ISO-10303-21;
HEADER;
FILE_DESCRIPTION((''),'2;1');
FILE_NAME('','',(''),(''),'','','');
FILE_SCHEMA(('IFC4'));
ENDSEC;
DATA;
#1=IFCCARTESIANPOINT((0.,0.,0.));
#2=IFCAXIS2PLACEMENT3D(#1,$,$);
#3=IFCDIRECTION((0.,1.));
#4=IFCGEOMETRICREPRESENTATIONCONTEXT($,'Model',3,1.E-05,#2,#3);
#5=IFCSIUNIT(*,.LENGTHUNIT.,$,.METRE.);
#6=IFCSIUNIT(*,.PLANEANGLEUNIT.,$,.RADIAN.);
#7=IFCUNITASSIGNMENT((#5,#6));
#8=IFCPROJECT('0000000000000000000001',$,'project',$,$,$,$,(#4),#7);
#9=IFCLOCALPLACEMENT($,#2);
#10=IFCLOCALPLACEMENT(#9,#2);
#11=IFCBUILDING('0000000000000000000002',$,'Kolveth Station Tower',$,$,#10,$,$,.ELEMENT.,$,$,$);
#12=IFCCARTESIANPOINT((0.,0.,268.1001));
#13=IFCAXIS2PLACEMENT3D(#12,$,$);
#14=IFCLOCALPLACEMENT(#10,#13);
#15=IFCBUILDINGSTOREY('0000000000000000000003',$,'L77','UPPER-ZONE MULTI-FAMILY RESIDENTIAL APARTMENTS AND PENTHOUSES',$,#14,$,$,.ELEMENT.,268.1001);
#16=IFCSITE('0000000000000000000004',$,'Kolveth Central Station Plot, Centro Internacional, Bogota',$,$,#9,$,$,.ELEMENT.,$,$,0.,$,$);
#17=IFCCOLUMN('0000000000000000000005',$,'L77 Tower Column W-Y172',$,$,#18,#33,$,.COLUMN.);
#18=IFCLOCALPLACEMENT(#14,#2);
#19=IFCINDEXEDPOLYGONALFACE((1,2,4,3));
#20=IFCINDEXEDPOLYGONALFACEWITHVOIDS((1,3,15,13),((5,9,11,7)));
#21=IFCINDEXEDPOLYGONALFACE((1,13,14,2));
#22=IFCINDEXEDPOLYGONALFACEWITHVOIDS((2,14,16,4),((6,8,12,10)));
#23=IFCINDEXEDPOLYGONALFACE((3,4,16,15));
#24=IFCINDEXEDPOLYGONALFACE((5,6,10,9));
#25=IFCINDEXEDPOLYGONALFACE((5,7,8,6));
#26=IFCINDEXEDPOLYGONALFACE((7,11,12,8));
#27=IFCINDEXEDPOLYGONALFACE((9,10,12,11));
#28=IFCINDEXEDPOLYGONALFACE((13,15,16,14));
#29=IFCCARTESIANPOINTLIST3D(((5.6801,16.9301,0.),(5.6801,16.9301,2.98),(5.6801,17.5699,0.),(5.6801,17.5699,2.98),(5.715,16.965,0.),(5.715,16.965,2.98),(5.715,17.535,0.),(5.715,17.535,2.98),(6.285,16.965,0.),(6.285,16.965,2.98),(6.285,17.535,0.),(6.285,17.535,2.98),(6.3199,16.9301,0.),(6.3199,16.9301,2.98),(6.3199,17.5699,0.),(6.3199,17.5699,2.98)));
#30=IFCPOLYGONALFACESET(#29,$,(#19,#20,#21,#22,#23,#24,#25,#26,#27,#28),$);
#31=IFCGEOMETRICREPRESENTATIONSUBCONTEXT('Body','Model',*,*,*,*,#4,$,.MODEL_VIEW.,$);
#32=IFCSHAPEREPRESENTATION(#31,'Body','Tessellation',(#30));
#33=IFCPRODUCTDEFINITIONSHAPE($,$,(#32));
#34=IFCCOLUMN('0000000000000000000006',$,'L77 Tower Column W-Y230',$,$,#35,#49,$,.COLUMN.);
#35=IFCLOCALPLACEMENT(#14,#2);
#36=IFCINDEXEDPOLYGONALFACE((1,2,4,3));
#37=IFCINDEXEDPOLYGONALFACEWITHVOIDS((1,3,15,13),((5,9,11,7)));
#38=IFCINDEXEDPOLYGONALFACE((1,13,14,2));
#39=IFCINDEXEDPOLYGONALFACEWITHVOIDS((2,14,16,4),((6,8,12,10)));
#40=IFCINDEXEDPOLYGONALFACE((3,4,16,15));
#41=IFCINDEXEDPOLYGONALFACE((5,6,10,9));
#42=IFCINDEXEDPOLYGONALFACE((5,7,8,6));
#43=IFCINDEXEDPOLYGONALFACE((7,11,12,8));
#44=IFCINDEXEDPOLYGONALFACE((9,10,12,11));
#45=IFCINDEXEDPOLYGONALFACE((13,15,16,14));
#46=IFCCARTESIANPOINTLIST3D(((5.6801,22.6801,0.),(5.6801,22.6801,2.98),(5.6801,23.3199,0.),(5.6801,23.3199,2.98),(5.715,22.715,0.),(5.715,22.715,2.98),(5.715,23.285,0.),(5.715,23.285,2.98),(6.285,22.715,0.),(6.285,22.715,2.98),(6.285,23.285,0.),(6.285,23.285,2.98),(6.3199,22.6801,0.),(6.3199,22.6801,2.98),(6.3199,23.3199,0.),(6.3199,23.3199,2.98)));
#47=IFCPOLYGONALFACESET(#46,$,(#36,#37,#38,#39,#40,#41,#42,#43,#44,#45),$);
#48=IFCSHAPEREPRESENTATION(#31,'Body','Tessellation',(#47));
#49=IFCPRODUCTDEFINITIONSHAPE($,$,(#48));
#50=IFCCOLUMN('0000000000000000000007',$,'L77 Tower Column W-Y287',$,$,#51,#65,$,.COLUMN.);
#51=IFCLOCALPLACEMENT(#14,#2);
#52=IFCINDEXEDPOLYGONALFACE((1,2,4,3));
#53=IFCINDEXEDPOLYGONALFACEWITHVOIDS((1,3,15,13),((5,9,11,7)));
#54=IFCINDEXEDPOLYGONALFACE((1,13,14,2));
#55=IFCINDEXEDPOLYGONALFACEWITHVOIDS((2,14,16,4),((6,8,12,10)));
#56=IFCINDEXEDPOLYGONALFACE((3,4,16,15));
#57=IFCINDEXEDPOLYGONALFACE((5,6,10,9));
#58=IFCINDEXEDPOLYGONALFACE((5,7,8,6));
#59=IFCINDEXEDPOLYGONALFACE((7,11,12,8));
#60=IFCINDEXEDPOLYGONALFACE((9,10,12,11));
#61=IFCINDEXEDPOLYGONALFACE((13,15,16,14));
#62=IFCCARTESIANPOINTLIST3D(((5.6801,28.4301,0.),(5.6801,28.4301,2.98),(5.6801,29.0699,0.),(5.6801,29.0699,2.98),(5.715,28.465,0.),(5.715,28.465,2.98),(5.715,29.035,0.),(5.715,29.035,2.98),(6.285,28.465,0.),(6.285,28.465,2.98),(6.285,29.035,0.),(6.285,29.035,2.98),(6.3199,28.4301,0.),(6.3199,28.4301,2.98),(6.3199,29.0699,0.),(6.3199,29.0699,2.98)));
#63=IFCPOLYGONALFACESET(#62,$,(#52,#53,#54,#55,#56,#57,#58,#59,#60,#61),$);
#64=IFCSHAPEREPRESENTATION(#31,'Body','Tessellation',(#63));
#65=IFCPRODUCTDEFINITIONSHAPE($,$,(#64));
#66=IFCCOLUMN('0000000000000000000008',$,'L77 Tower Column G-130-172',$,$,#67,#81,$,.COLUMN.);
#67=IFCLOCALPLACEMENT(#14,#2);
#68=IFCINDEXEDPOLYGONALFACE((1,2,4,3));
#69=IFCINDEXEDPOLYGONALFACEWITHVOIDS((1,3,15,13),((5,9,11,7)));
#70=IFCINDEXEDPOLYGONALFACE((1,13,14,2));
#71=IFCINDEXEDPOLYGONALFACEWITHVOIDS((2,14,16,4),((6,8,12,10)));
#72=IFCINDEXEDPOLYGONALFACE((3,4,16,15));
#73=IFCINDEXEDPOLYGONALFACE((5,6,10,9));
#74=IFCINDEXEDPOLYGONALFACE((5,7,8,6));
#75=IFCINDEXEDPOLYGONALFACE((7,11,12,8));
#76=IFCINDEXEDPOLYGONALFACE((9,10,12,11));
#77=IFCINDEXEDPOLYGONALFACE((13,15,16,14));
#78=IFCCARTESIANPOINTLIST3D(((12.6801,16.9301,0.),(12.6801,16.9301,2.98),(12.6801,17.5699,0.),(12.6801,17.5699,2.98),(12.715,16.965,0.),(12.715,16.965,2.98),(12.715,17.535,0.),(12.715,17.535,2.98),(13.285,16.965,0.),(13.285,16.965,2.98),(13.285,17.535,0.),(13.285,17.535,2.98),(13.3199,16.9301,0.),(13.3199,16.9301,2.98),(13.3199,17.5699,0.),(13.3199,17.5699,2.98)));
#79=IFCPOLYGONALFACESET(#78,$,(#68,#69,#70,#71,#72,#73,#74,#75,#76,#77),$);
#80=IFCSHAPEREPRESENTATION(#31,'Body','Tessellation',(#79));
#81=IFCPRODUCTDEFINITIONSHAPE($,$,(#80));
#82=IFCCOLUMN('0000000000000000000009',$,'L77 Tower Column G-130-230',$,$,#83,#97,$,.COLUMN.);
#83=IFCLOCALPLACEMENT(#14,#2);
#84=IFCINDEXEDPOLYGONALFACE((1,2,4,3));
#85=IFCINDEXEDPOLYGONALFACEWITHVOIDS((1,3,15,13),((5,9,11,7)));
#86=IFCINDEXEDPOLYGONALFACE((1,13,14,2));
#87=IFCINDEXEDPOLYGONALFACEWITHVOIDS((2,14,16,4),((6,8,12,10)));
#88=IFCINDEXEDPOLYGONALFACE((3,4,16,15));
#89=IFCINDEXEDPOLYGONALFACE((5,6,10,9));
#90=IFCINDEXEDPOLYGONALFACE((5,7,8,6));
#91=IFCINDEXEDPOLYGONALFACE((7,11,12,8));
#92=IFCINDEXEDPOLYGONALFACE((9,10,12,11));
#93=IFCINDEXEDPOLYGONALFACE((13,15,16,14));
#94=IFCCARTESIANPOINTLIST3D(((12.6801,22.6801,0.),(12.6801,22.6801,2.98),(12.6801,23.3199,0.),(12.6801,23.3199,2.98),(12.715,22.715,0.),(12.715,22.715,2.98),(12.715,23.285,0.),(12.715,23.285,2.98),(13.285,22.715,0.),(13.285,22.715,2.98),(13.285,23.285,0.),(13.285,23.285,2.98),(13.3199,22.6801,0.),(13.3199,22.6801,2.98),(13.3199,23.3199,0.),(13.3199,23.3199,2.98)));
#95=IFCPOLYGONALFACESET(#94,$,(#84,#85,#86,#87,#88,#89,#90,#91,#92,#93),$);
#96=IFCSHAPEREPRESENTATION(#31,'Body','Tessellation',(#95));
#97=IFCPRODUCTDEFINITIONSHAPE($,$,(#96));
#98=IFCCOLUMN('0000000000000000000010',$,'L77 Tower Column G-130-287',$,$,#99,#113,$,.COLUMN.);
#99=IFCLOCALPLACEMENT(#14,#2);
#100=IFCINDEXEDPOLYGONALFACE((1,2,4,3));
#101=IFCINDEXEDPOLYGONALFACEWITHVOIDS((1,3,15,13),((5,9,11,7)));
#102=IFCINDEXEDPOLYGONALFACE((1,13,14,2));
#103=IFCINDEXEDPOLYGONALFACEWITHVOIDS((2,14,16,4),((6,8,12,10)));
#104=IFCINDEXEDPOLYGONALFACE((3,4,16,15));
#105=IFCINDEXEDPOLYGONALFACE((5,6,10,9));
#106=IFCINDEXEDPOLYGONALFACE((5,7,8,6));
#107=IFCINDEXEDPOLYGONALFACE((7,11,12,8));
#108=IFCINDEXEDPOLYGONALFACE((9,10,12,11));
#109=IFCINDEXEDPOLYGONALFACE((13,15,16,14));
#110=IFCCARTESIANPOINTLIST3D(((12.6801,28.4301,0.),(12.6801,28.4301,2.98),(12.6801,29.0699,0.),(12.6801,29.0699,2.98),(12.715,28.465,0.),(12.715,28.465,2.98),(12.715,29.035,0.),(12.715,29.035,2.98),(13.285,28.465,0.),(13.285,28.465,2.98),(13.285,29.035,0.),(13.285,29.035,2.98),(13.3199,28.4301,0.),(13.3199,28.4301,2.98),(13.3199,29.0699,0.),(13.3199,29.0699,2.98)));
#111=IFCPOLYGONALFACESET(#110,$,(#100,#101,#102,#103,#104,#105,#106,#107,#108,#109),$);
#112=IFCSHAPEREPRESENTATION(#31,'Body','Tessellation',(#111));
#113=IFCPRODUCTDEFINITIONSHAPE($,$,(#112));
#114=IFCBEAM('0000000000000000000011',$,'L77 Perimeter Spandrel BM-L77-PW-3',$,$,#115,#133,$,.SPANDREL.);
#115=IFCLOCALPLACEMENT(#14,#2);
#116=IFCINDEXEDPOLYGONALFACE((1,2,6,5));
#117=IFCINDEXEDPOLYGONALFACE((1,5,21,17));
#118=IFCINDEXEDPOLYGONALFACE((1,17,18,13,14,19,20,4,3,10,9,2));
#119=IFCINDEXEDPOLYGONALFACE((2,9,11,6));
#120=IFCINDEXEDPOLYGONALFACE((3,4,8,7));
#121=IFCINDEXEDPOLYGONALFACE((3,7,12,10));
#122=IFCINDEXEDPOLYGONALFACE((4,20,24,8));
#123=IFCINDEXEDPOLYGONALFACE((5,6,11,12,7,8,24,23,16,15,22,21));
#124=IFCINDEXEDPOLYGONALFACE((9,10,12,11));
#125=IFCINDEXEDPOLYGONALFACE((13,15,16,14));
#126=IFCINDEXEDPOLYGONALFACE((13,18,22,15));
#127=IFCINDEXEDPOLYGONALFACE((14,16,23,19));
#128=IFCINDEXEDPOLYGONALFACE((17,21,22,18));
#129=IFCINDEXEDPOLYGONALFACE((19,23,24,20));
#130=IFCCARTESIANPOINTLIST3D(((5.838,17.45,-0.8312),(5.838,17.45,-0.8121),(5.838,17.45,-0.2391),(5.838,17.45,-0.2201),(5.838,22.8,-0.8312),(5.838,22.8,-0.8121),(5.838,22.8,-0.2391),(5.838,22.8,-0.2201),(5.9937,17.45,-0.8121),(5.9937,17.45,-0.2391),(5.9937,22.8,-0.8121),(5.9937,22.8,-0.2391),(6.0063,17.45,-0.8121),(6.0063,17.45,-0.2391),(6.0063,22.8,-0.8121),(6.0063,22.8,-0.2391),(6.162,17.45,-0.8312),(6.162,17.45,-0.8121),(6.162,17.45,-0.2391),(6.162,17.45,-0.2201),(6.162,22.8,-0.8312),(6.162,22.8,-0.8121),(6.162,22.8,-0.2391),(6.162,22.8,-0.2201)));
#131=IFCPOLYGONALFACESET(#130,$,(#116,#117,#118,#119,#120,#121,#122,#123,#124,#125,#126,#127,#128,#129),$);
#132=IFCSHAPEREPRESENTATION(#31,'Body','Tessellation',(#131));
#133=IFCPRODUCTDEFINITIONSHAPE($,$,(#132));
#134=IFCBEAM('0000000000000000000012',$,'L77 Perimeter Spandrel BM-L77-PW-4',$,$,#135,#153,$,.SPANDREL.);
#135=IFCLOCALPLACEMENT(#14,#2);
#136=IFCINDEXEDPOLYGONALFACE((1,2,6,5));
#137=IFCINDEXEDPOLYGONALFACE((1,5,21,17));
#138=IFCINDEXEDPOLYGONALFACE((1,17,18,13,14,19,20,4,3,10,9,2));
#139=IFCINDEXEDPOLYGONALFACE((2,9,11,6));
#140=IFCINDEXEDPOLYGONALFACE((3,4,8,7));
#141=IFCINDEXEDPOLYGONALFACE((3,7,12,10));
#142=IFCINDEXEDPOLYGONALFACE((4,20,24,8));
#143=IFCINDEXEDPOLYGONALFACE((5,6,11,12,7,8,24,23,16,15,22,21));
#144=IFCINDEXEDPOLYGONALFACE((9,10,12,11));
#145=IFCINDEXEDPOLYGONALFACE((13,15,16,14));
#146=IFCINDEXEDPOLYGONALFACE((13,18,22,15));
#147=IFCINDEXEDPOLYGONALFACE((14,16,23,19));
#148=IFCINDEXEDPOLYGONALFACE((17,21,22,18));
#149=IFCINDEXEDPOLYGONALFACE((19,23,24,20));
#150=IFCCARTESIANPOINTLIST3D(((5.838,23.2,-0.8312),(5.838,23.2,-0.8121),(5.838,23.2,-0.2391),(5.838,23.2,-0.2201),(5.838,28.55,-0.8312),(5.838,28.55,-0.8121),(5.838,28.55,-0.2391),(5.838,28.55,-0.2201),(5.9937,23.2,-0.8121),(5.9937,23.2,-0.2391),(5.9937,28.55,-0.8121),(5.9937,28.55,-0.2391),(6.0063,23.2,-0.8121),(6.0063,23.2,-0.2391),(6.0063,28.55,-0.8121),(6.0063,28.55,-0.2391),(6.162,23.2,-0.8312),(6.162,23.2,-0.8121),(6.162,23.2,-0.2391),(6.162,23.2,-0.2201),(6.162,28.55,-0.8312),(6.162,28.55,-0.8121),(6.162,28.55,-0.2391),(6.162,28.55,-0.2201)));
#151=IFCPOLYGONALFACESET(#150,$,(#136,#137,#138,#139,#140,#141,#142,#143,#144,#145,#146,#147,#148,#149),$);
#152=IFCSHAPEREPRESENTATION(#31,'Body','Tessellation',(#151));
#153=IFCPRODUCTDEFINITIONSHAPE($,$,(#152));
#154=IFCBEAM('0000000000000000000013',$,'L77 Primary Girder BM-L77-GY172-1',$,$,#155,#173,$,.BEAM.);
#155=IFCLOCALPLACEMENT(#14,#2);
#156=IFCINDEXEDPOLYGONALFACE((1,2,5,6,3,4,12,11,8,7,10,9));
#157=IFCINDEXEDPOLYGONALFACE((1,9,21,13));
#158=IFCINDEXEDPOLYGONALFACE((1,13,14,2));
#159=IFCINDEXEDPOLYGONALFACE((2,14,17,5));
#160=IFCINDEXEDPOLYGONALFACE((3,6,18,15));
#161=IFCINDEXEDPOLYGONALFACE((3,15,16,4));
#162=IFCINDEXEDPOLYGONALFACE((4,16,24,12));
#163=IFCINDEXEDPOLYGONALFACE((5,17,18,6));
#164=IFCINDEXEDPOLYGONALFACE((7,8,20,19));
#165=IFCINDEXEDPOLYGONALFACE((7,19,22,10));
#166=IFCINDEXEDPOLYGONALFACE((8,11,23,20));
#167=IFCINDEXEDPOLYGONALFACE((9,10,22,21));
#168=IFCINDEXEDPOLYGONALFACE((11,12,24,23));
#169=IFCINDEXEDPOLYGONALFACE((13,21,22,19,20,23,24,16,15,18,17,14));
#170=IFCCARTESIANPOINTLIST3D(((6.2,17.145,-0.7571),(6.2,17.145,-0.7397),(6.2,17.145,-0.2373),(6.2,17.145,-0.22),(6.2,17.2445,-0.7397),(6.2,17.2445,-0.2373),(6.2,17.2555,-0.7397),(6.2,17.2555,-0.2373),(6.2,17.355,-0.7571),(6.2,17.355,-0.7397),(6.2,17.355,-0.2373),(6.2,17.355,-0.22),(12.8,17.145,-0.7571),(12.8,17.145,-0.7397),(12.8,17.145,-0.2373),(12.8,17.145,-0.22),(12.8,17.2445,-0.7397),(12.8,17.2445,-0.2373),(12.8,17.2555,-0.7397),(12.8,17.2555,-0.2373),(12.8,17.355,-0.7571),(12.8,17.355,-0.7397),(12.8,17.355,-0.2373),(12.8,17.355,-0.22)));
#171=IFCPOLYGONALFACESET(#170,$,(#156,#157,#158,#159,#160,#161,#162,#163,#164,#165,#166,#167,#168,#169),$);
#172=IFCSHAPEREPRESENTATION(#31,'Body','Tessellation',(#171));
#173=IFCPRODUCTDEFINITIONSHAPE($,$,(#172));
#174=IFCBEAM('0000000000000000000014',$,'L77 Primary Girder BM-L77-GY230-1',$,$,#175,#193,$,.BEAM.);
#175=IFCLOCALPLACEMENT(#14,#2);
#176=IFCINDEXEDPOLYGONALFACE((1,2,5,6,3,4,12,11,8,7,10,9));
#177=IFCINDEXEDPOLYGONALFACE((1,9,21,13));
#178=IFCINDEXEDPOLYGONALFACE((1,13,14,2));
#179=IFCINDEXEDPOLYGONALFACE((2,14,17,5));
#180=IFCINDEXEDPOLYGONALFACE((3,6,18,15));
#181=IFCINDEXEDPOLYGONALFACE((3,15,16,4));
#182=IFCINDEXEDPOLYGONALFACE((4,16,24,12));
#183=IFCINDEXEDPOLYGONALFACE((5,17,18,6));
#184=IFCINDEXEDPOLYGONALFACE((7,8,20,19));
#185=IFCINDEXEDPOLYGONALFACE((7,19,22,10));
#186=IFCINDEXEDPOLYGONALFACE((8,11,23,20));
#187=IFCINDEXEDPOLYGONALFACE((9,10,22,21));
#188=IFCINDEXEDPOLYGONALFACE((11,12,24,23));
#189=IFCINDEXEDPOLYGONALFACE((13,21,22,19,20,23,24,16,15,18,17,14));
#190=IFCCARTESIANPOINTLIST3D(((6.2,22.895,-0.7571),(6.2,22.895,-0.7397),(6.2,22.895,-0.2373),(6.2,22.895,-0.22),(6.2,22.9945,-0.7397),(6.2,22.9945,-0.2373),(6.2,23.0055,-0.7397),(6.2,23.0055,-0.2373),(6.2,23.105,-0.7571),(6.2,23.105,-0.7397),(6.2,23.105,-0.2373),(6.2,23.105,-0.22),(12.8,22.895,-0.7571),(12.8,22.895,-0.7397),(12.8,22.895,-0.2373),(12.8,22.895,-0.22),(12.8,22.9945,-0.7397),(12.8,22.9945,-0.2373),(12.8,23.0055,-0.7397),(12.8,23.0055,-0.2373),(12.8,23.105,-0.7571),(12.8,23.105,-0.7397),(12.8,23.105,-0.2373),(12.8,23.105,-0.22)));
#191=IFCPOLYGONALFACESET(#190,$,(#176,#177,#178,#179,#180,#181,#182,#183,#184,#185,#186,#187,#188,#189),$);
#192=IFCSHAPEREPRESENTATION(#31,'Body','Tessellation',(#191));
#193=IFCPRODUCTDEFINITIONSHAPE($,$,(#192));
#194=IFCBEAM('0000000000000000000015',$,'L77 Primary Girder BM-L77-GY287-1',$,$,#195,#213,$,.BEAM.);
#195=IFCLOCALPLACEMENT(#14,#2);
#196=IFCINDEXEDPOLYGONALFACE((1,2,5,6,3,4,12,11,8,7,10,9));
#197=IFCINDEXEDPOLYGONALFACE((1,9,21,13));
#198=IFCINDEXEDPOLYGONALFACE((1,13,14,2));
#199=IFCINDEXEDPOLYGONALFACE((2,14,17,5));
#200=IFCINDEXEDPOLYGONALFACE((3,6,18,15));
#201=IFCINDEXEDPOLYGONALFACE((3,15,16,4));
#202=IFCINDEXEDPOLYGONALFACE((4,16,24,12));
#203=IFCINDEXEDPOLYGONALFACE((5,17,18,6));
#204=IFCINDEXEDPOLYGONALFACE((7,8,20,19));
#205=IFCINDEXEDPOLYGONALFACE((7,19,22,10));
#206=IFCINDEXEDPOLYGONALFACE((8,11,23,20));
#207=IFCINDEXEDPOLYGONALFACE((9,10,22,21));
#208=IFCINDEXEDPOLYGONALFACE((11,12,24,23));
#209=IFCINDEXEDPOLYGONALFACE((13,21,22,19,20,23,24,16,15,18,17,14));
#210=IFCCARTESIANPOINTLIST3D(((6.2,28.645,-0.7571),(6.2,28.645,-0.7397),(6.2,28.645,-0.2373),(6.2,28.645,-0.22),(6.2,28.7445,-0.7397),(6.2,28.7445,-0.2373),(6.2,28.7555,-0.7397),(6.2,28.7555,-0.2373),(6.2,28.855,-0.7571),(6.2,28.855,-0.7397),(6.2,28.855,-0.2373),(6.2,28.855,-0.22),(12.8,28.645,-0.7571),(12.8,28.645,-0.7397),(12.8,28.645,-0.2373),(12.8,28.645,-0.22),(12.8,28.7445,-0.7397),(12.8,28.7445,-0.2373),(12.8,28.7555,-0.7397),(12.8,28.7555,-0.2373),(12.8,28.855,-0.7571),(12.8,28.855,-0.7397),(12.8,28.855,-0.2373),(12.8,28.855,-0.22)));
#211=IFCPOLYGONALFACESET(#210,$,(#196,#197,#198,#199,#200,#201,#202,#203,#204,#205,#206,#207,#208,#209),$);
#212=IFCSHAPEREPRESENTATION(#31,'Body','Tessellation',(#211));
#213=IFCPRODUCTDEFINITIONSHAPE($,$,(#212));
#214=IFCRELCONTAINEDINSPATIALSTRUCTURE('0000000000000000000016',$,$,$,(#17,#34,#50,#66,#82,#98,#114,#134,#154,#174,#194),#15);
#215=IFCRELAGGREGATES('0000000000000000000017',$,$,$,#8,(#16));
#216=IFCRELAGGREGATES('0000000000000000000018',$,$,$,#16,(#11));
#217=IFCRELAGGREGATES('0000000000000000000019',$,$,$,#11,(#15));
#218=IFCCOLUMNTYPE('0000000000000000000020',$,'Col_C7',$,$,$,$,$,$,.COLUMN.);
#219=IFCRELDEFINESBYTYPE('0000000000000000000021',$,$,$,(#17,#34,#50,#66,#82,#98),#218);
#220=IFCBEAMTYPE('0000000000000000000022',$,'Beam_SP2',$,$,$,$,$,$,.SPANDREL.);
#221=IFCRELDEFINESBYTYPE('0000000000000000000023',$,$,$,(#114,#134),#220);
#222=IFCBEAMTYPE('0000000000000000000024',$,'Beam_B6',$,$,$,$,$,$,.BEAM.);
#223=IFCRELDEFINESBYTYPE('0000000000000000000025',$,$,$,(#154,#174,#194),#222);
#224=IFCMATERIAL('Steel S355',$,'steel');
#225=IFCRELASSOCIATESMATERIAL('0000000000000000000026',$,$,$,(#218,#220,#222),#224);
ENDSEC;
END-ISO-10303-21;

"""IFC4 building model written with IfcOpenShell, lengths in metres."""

from ifc_helpers import new_model, si_unit, direction, frame, origin, origin_2d, place, context, subcontext, project, spatial, hollow_rectangle, i_section, extrude, source, transform, mapped, material, material_profile, profile_set, type_object, element, save


model = new_model("IFC4")

# Units and contexts
model_context = context("Model", 3, precision=1e-05, world=origin(), true_north=direction((0.0, 1.0)))
body_context = subcontext(model_context, "Body", "Model", "MODEL_VIEW")
ifc_project = project(units=[si_unit("LENGTHUNIT", "METRE"), si_unit("PLANEANGLEUNIT", "RADIAN")], contexts=[model_context])

# Site, building, storey
site_placement = place(None, origin())
site = spatial("IfcSite", under=ifc_project, at=site_placement, Name="Kolveth Central Station Plot, Centro Internacional, Bogota", CompositionType="ELEMENT", RefElevation=0.0)
building_placement = place(site_placement, origin())
building = spatial("IfcBuilding", under=site, at=building_placement, Name="Kolveth Station Tower", CompositionType="ELEMENT")
storey_placement = place(building_placement, frame((0.0, 0.0, 268.1001)))
storey = spatial("IfcBuildingStorey", under=building, at=storey_placement, Name="L77", Description="UPPER-ZONE MULTI-FAMILY RESIDENTIAL APARTMENTS AND PENTHOUSES", CompositionType="ELEMENT", Elevation=268.1001)

# Columns
ifc_material_1 = material(Name="Steel S355", Category="steel")
ifc_material_profile_1 = material_profile(ifc_material_1, hollow_rectangle(XDim=0.6399, YDim=0.6399, WallThickness=0.0349, at=origin_2d()), Name="BOX640x640x35")
ifc_profile_set_1 = profile_set([ifc_material_profile_1], Name="Steel S355")
column_type = type_object("IfcColumnType", Name="Col_C7", PredefinedType="COLUMN", material=ifc_profile_set_1)
shared_shape_1 = source(origin(), body_context, "Body", "SweptSolid", [
    extrude(hollow_rectangle(XDim=0.6399, YDim=0.6399, WallThickness=0.0349, at=origin_2d()), origin(), (0.0, 0.0, 1.0), 2.98),
])
for number, where, z_axis, x_axis, name in (
    (1, (6.0, 17.25, 0.0), (0.0, 0.0, 1.0), (1.0, 0.0, 0.0), "L77 Tower Column W-Y172"),
    (2, (6.0, 23.0, 0.0), (0.0, 0.0, 1.0), (1.0, 0.0, 0.0), "L77 Tower Column W-Y230"),
    (3, (6.0, 28.75, 0.0), (0.0, 0.0, 1.0), (1.0, 0.0, 0.0), "L77 Tower Column W-Y287"),
    (4, (13.0, 17.25, 0.0), (0.0, 0.0, 1.0), (1.0, 0.0, 0.0), "L77 Tower Column G-130-172"),
    (5, (13.0, 23.0, 0.0), (0.0, 0.0, 1.0), (1.0, 0.0, 0.0), "L77 Tower Column G-130-230"),
    (6, (13.0, 28.75, 0.0), (0.0, 0.0, 1.0), (1.0, 0.0, 0.0), "L77 Tower Column G-130-287"),
):
    element("IfcColumn", number, at=place(storey_placement, frame(where, z_axis=z_axis, x_axis=x_axis)), inside=storey, type_object=column_type, Name=name, PredefinedType="COLUMN", context=body_context, shape_type="MappedRepresentation", body=[
        mapped(shared_shape_1, transform((0.0, 0.0, 0.0), x_axis=(1.0, 0.0, 0.0), y_axis=(0.0, 1.0, 0.0), z_axis=(0.0, 0.0, 1.0), scale=1.0)),
    ])

# Beams
ifc_material_profile_2 = material_profile(ifc_material_1, i_section(OverallWidth=0.324, OverallDepth=0.6111, WebThickness=0.0127, FlangeThickness=0.019, at=origin_2d()), Name="W610x155")
ifc_profile_set_2 = profile_set([ifc_material_profile_2], Name="Steel S355")
beam_type_1 = type_object("IfcBeamType", Name="Beam_SP2", PredefinedType="SPANDREL", material=ifc_profile_set_2)
shared_shape_2 = source(origin(), body_context, "Body", "SweptSolid", [
    extrude(i_section(OverallWidth=0.324, OverallDepth=0.6111, WebThickness=0.0127, FlangeThickness=0.019, at=origin_2d()), origin(), (0.0, 0.0, 1.0), 5.3501),
])
for number, where, z_axis, x_axis, name in (
    (7, (6.0, 17.45, -0.5256), (0.0, 1.0, 0.0), (-1.0, 0.0, 0.0), "L77 Perimeter Spandrel BM-L77-PW-3"),
    (8, (6.0, 23.2, -0.5256), (0.0, 1.0, 0.0), (-1.0, 0.0, 0.0), "L77 Perimeter Spandrel BM-L77-PW-4"),
):
    element("IfcBeam", number, at=place(storey_placement, frame(where, z_axis=z_axis, x_axis=x_axis)), inside=storey, type_object=beam_type_1, Name=name, PredefinedType="SPANDREL", context=body_context, shape_type="MappedRepresentation", body=[
        mapped(shared_shape_2, transform((0.0, 0.0, 0.0), x_axis=(1.0, 0.0, 0.0), y_axis=(0.0, 1.0, 0.0), z_axis=(0.0, 0.0, 1.0), scale=1.0)),
    ])
ifc_material_profile_3 = material_profile(ifc_material_1, i_section(OverallWidth=0.21, OverallDepth=0.5371, WebThickness=0.011, FlangeThickness=0.0173, at=origin_2d()), Name="W530x101")
ifc_profile_set_3 = profile_set([ifc_material_profile_3], Name="Steel S355")
beam_type_2 = type_object("IfcBeamType", Name="Beam_B6", PredefinedType="BEAM", material=ifc_profile_set_3)
shared_shape_3 = source(origin(), body_context, "Body", "SweptSolid", [
    extrude(i_section(OverallWidth=0.21, OverallDepth=0.5371, WebThickness=0.011, FlangeThickness=0.0173, at=origin_2d()), origin(), (0.0, 0.0, 1.0), 6.6001),
])
for number, where, z_axis, x_axis, name in (
    (9, (6.2, 17.25, -0.4885), (1.0, 0.0, 0.0), (0.0, 1.0, 0.0), "L77 Primary Girder BM-L77-GY172-1"),
    (10, (6.2, 23.0, -0.4885), (1.0, 0.0, 0.0), (0.0, 1.0, 0.0), "L77 Primary Girder BM-L77-GY230-1"),
    (11, (6.2, 28.75, -0.4885), (1.0, 0.0, 0.0), (0.0, 1.0, 0.0), "L77 Primary Girder BM-L77-GY287-1"),
):
    element("IfcBeam", number, at=place(storey_placement, frame(where, z_axis=z_axis, x_axis=x_axis)), inside=storey, type_object=beam_type_2, Name=name, PredefinedType="BEAM", context=body_context, shape_type="MappedRepresentation", body=[
        mapped(shared_shape_3, transform((0.0, 0.0, 0.0), x_axis=(1.0, 0.0, 0.0), y_axis=(0.0, 1.0, 0.0), z_axis=(0.0, 0.0, 1.0), scale=1.0)),
    ])

save(model, "model.ifc")
